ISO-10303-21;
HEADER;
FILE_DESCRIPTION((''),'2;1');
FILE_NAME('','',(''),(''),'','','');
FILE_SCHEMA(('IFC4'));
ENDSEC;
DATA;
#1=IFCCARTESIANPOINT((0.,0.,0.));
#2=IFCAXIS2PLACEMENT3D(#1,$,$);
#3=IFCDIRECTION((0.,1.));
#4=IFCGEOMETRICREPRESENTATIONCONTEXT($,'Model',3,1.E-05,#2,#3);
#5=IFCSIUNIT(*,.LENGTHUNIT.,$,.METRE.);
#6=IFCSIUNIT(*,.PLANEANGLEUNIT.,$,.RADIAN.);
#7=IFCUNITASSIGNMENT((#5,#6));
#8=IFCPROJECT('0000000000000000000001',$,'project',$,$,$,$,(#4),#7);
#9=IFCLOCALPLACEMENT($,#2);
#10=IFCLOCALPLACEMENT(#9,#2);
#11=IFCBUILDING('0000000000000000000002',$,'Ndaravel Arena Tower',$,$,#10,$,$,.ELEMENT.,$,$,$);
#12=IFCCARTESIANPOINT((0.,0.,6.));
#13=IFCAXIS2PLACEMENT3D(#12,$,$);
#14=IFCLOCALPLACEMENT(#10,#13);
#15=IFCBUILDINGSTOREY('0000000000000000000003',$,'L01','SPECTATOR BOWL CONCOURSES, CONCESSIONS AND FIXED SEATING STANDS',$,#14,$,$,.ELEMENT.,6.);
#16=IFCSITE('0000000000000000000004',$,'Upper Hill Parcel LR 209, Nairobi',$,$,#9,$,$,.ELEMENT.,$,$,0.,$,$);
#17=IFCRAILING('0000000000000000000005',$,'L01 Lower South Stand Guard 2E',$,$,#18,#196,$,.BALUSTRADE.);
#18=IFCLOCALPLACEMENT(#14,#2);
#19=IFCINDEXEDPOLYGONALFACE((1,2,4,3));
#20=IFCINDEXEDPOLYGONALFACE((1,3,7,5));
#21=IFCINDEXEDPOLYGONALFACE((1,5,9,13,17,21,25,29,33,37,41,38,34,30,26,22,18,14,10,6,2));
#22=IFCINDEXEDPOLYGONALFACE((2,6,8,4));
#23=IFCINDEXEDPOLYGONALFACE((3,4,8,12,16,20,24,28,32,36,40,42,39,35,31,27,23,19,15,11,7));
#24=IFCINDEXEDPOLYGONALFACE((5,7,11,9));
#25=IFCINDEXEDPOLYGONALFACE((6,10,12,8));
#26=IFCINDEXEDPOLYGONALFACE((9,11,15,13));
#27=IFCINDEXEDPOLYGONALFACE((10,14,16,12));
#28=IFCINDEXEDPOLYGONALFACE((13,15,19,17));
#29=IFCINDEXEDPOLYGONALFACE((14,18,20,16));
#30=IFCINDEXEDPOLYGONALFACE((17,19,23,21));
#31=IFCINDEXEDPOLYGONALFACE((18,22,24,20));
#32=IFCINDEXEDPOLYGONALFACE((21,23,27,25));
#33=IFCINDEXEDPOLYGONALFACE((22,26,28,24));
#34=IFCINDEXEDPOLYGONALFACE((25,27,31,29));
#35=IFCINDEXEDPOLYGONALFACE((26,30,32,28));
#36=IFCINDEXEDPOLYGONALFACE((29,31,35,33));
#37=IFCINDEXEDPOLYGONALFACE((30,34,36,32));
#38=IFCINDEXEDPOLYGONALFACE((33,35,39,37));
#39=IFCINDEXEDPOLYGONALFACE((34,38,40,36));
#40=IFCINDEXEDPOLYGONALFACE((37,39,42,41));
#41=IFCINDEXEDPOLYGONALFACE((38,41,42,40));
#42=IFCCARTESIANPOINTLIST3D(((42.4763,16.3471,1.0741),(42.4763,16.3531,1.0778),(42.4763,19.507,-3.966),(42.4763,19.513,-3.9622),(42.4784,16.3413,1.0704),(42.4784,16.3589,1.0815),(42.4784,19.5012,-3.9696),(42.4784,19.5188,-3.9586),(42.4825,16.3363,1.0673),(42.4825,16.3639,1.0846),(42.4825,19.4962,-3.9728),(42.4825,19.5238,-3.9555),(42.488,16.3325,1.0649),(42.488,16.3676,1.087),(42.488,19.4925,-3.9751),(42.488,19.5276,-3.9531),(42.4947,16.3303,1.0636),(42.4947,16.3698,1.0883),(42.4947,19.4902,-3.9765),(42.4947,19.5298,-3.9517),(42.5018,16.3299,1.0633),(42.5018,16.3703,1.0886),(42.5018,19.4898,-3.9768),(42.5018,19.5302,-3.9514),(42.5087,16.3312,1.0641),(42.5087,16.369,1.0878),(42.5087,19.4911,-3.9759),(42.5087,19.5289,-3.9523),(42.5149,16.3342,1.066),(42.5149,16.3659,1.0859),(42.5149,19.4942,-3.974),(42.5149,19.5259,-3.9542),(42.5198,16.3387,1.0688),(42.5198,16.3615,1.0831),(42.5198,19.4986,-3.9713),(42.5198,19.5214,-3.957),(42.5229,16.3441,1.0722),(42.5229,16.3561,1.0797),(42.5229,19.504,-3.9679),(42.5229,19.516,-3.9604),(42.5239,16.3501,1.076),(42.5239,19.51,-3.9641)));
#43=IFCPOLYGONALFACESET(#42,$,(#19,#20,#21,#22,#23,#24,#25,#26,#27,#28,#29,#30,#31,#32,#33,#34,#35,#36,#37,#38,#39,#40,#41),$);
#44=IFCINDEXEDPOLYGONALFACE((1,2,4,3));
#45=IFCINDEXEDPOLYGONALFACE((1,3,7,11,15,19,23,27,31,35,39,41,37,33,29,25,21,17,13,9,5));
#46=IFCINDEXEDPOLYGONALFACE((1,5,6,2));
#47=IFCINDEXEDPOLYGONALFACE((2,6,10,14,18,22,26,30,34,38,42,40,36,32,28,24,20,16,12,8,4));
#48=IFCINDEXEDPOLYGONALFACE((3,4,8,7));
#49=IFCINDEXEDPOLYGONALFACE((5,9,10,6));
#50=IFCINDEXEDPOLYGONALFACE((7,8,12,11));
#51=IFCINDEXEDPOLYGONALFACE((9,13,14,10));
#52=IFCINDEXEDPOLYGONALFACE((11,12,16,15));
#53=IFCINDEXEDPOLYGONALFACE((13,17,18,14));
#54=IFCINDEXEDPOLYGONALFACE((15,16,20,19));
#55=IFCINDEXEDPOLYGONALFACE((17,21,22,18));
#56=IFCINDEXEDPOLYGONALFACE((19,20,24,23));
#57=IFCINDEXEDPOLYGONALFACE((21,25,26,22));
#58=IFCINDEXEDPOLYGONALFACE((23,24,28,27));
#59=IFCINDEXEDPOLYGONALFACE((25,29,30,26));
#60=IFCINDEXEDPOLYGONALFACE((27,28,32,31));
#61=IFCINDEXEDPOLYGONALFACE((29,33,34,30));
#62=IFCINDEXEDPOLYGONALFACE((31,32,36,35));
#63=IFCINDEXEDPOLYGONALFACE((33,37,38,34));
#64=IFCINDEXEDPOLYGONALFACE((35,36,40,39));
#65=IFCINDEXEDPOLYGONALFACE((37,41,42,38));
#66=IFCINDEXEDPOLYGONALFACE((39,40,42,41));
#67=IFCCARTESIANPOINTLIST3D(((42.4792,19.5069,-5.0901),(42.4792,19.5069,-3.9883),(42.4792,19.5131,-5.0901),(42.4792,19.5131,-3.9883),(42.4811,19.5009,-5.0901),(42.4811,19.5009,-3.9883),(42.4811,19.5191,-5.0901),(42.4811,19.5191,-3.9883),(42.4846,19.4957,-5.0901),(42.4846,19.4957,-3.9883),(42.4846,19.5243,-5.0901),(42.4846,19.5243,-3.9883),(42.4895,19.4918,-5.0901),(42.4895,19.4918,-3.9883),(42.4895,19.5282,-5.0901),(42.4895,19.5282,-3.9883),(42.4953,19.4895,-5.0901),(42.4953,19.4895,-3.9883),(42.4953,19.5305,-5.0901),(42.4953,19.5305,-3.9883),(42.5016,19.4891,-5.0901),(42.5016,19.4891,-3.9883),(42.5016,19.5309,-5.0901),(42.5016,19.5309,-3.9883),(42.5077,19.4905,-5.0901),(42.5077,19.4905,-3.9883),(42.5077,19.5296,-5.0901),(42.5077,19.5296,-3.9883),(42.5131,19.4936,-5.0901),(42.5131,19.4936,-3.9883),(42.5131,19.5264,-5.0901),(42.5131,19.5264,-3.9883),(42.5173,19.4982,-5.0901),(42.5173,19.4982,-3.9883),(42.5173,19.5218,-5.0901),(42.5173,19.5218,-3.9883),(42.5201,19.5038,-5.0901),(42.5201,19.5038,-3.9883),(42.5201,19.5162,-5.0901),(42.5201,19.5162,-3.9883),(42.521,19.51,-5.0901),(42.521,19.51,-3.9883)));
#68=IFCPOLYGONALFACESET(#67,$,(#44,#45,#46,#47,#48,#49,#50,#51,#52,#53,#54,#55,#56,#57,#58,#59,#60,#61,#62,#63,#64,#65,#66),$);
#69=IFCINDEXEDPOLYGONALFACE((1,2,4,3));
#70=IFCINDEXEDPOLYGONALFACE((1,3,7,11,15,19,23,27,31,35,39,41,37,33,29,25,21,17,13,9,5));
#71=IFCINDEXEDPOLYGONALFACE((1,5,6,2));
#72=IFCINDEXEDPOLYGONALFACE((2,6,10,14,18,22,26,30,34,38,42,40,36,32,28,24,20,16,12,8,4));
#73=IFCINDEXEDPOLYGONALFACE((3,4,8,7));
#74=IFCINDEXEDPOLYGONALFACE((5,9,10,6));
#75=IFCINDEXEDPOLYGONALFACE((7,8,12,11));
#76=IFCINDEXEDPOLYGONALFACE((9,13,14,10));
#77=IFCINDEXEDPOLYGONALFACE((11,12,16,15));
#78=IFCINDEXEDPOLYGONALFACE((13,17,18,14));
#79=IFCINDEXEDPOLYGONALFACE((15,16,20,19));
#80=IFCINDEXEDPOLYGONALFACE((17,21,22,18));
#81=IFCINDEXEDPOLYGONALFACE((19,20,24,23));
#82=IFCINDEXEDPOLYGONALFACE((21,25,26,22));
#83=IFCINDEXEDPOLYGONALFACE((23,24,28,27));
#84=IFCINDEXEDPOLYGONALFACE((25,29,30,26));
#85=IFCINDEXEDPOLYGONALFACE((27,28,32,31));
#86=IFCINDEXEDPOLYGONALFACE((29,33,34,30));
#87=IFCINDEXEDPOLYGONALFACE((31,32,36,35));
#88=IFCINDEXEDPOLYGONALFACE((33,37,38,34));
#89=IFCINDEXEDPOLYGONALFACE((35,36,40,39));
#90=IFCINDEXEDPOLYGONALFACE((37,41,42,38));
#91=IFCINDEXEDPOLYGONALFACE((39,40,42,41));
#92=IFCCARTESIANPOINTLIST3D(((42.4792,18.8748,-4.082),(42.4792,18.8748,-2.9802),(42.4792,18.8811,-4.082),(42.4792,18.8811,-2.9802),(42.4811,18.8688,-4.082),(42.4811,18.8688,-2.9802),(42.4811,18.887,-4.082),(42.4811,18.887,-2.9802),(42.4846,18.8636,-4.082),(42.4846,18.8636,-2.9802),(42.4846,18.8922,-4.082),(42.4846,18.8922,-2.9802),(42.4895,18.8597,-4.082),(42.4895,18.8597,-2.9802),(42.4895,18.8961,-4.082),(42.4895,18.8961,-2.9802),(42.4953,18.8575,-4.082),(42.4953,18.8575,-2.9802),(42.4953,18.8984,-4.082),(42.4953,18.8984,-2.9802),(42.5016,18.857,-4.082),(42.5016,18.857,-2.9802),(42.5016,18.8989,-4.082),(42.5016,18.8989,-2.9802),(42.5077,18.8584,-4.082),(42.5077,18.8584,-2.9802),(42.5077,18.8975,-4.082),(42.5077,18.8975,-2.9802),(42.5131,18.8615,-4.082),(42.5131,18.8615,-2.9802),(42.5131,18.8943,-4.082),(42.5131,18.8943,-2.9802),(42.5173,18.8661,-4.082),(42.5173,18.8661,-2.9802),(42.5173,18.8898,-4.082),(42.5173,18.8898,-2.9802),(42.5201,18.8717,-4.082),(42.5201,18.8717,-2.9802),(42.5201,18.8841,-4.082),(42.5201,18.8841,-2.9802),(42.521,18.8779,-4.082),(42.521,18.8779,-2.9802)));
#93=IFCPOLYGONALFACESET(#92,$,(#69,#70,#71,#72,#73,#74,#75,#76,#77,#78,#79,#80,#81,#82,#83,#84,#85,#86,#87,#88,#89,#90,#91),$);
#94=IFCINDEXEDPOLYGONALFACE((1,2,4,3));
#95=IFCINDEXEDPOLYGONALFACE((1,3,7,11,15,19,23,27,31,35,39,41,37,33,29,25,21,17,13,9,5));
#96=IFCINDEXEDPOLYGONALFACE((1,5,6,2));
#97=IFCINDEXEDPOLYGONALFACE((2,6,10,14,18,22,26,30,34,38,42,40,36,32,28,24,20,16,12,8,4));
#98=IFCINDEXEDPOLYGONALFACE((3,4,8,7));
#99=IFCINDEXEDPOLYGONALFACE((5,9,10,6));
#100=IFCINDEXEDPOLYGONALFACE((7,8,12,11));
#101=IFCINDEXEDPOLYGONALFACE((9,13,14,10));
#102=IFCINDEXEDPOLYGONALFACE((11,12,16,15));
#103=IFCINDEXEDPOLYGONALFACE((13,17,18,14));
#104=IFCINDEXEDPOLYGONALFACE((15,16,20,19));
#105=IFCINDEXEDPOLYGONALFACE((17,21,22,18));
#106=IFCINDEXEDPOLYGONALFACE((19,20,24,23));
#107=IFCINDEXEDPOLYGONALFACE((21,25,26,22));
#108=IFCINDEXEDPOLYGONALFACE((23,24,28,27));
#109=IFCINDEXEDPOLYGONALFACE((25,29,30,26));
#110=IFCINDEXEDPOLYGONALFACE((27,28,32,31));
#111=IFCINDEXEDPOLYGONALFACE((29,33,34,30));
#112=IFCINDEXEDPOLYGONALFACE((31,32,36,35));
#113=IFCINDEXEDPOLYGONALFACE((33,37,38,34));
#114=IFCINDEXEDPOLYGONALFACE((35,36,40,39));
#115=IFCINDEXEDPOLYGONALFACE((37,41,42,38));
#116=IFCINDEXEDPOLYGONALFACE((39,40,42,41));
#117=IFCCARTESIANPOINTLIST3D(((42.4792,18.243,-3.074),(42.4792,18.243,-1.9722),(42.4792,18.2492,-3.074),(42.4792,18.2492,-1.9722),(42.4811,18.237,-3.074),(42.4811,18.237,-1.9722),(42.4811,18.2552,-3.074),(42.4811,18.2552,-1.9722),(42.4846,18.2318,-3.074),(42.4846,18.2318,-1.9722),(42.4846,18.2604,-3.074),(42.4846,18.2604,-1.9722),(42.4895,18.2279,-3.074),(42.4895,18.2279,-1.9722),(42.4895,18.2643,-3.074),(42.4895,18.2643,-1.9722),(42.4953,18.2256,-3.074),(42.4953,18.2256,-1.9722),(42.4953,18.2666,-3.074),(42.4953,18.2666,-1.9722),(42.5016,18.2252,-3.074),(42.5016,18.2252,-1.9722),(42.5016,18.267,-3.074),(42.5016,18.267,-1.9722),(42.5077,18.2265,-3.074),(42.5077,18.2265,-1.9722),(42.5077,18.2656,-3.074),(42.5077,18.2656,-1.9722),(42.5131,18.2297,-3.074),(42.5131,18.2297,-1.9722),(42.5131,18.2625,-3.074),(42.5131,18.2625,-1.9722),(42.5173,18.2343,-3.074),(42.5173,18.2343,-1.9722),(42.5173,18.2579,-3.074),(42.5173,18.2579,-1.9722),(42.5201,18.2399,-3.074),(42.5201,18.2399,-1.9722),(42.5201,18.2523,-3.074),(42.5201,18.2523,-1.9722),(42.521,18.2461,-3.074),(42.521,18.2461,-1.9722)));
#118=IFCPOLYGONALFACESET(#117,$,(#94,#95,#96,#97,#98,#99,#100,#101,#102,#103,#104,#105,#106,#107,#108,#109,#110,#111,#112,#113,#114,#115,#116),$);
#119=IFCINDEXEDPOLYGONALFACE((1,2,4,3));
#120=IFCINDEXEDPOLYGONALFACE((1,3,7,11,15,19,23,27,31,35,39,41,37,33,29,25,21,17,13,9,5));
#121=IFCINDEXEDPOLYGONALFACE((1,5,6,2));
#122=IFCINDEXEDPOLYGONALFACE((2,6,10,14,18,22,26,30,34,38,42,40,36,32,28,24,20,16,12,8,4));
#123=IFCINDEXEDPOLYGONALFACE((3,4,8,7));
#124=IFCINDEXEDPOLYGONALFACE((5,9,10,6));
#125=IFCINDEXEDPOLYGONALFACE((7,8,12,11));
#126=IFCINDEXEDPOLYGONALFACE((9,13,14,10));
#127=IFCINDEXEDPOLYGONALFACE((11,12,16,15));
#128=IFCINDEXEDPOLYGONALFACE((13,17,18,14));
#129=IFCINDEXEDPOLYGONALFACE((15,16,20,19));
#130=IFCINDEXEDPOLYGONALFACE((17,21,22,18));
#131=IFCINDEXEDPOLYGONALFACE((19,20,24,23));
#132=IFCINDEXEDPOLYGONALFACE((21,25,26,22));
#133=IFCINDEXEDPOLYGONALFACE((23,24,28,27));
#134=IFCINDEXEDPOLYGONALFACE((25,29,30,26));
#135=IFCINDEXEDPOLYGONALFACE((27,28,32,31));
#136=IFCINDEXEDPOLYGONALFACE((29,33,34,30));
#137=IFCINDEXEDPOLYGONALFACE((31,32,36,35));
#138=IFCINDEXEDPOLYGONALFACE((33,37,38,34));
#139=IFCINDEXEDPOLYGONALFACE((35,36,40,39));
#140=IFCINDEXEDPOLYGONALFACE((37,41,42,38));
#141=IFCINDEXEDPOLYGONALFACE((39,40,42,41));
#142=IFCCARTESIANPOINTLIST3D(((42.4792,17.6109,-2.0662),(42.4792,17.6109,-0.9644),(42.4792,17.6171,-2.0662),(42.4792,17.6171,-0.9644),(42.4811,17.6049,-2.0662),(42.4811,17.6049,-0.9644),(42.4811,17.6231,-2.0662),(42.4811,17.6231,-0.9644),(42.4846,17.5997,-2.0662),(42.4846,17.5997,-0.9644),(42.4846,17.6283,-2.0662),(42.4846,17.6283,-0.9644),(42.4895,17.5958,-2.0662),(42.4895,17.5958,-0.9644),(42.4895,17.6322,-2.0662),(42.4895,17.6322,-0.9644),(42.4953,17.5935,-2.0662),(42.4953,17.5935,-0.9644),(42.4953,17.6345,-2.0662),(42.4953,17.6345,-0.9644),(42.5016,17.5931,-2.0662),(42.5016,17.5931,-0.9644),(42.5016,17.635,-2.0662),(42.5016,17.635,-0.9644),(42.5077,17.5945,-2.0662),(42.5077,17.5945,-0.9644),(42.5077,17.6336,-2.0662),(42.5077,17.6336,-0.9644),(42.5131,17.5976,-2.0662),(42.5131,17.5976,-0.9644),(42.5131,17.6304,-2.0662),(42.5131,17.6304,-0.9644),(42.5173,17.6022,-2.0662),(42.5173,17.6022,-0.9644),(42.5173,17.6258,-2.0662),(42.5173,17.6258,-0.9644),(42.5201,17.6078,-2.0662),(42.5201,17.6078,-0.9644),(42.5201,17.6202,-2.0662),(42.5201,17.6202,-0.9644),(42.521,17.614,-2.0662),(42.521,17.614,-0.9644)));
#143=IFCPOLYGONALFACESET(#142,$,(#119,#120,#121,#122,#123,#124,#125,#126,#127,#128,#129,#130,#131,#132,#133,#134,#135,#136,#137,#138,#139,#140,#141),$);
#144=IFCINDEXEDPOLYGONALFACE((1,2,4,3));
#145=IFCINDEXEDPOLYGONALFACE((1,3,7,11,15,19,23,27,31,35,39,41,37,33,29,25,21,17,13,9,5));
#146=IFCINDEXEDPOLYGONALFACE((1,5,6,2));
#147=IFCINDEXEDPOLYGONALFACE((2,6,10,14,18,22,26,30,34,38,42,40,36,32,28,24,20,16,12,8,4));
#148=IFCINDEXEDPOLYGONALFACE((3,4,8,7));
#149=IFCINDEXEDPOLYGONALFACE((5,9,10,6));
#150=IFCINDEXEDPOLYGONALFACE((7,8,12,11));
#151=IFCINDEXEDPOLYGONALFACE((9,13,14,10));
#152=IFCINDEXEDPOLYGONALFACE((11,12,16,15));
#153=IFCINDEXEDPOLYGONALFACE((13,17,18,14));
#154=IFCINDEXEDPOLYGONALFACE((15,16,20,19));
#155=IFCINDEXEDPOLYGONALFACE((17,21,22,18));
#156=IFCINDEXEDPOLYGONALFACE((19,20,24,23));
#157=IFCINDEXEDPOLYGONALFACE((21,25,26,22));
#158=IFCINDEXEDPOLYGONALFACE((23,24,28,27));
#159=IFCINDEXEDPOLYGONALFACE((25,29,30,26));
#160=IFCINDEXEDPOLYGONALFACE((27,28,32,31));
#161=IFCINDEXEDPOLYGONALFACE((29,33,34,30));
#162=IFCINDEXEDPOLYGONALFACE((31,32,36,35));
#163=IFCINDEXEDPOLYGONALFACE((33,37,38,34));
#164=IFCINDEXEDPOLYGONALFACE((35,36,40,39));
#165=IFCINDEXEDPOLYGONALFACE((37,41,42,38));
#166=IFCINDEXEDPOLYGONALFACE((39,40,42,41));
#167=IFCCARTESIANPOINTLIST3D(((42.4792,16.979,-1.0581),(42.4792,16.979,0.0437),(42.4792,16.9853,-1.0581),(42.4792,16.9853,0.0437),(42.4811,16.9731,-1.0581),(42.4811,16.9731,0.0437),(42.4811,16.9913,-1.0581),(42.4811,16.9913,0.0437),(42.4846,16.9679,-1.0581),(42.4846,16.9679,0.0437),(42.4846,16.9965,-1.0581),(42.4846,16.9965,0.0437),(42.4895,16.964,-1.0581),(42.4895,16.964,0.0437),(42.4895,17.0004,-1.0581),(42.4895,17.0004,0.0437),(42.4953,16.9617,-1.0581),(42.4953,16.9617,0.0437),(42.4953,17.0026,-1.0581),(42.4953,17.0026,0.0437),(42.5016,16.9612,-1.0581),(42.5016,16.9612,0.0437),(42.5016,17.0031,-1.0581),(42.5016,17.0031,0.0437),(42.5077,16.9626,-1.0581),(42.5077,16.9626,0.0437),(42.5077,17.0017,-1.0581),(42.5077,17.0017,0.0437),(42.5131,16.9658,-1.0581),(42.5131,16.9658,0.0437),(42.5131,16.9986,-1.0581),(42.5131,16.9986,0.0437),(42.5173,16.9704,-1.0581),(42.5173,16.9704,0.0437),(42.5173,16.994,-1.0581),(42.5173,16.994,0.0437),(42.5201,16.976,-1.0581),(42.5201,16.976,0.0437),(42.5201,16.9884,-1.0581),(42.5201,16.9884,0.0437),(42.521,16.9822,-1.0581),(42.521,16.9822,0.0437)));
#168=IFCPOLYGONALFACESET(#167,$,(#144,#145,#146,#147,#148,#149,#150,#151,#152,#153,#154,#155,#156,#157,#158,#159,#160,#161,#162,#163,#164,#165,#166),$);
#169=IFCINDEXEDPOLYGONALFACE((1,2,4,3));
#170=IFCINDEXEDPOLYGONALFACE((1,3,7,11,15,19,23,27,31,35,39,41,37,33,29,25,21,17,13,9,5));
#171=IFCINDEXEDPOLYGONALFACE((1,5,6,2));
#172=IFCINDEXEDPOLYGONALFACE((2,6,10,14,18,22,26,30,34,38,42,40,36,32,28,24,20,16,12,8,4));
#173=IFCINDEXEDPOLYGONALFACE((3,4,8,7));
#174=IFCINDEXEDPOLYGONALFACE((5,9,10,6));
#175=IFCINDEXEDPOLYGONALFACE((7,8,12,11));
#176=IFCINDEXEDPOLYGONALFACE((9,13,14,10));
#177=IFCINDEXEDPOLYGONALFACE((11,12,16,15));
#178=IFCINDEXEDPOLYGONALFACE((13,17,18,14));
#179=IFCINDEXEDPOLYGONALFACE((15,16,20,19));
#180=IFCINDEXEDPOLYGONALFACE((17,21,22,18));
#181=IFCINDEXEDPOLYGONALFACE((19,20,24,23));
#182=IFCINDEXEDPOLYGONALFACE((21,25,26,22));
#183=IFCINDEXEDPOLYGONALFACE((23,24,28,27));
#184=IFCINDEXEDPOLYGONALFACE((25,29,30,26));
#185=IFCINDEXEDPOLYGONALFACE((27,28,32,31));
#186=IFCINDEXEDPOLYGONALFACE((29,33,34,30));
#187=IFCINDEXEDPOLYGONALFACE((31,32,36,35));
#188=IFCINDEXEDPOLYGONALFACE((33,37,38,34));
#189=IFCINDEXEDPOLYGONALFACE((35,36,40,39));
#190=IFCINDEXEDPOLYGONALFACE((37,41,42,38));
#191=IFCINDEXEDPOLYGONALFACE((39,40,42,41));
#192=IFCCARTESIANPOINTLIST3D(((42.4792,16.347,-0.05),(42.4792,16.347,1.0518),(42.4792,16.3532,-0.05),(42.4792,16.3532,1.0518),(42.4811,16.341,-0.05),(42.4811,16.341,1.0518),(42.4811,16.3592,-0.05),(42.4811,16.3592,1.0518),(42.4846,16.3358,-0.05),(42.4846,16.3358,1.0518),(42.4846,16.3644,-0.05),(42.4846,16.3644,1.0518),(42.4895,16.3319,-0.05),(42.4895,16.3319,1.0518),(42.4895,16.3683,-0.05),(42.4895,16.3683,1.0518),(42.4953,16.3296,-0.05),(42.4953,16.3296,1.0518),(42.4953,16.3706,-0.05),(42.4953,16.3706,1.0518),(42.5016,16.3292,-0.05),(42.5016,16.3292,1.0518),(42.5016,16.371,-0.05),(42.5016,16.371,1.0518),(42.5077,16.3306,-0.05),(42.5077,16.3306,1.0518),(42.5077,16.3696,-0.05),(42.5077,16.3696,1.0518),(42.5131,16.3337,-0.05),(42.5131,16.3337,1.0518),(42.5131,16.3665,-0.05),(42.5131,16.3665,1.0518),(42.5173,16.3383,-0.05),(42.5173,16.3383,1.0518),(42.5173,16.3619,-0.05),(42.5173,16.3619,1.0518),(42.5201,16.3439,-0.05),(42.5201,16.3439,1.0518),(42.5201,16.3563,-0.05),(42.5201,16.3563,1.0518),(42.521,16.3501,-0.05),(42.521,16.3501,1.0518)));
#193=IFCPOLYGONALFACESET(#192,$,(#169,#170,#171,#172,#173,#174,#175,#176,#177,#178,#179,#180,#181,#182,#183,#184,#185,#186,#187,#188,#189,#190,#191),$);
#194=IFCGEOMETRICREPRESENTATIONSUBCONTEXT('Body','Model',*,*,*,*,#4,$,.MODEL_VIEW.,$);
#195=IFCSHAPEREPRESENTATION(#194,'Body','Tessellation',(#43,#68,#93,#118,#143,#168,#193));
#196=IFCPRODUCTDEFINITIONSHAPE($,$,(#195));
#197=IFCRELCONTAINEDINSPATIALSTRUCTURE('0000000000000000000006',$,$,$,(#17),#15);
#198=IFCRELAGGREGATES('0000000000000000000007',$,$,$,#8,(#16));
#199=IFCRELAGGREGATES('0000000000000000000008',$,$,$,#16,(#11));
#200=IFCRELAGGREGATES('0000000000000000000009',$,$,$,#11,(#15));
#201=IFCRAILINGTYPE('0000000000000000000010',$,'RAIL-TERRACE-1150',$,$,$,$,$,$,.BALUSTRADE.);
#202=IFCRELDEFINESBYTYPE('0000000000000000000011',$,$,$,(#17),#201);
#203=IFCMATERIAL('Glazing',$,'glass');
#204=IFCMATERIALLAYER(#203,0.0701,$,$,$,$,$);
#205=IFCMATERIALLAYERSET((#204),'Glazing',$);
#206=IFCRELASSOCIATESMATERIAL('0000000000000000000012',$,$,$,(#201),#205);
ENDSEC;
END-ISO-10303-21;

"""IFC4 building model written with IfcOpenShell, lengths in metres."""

from ifc_helpers import new_model, si_unit, direction, frame, origin, origin_2d, place, context, subcontext, project, spatial, circle, extrude, material, layer, layer_set, type_object, element, save


model = new_model("IFC4")

# Units and contexts
model_context = context("Model", 3, precision=1e-05, world=origin(), true_north=direction((0.0, 1.0)))
body_context = subcontext(model_context, "Body", "Model", "MODEL_VIEW")
ifc_project = project(units=[si_unit("LENGTHUNIT", "METRE"), si_unit("PLANEANGLEUNIT", "RADIAN")], contexts=[model_context])

# Site, building, storey
site_placement = place(None, origin())
site = spatial("IfcSite", under=ifc_project, at=site_placement, Name="Upper Hill Parcel LR 209, Nairobi", CompositionType="ELEMENT", RefElevation=0.0)
building_placement = place(site_placement, origin())
building = spatial("IfcBuilding", under=site, at=building_placement, Name="Ndaravel Arena Tower", CompositionType="ELEMENT")
storey_placement = place(building_placement, frame((0.0, 0.0, 6.0)))
storey = spatial("IfcBuildingStorey", under=building, at=storey_placement, Name="L01", Description="SPECTATOR BOWL CONCOURSES, CONCESSIONS AND FIXED SEATING STANDS", CompositionType="ELEMENT", Elevation=6.0)

# Railing
ifc_material_1 = material(Name="Glazing", Category="glass")
ifc_layer_1 = layer(ifc_material_1, 0.0701)
ifc_layer_set_1 = layer_set([ifc_layer_1], Name="Glazing")
railing_type_1 = type_object("IfcRailingType", Name="RAIL-TERRACE-1150", PredefinedType="BALUSTRADE", material=ifc_layer_set_1)
railing_1_placement = place(storey_placement, frame((42.5, 19.51, -5.0901)))
element("IfcRailing", 1, at=railing_1_placement, inside=storey, type_object=railing_type_1, Name="L01 Lower South Stand Guard 2E", PredefinedType="BALUSTRADE", context=body_context, shape_type="SweptSolid", body=[
    extrude(circle(Radius=0.0239, at=origin_2d()), frame((0.0, 0.0, 1.126), z_axis=(0.0, -0.531194, 0.84725), x_axis=(1.0, 0.0, 0.0)), (0.0, 0.0, 1.0), 5.9487),
    extrude(circle(Radius=0.021, at=origin_2d()), origin(), (0.0, 0.0, 1.0), 1.1018),
    extrude(circle(Radius=0.021, at=origin_2d()), frame((0.0, -0.6321, 1.0081)), (0.0, 0.0, 1.0), 1.1018),
    extrude(circle(Radius=0.021, at=origin_2d()), frame((0.0, -1.2639, 2.0161)), (0.0, 0.0, 1.0), 1.1018),
    extrude(circle(Radius=0.021, at=origin_2d()), frame((0.0, -1.896, 3.0239)), (0.0, 0.0, 1.0), 1.1018),
    extrude(circle(Radius=0.021, at=origin_2d()), frame((0.0, -2.5278, 4.032)), (0.0, 0.0, 1.0), 1.1018),
    extrude(circle(Radius=0.021, at=origin_2d()), frame((0.0, -3.1599, 5.04)), (0.0, 0.0, 1.0), 1.1018),
])

save(model, "model.ifc")
